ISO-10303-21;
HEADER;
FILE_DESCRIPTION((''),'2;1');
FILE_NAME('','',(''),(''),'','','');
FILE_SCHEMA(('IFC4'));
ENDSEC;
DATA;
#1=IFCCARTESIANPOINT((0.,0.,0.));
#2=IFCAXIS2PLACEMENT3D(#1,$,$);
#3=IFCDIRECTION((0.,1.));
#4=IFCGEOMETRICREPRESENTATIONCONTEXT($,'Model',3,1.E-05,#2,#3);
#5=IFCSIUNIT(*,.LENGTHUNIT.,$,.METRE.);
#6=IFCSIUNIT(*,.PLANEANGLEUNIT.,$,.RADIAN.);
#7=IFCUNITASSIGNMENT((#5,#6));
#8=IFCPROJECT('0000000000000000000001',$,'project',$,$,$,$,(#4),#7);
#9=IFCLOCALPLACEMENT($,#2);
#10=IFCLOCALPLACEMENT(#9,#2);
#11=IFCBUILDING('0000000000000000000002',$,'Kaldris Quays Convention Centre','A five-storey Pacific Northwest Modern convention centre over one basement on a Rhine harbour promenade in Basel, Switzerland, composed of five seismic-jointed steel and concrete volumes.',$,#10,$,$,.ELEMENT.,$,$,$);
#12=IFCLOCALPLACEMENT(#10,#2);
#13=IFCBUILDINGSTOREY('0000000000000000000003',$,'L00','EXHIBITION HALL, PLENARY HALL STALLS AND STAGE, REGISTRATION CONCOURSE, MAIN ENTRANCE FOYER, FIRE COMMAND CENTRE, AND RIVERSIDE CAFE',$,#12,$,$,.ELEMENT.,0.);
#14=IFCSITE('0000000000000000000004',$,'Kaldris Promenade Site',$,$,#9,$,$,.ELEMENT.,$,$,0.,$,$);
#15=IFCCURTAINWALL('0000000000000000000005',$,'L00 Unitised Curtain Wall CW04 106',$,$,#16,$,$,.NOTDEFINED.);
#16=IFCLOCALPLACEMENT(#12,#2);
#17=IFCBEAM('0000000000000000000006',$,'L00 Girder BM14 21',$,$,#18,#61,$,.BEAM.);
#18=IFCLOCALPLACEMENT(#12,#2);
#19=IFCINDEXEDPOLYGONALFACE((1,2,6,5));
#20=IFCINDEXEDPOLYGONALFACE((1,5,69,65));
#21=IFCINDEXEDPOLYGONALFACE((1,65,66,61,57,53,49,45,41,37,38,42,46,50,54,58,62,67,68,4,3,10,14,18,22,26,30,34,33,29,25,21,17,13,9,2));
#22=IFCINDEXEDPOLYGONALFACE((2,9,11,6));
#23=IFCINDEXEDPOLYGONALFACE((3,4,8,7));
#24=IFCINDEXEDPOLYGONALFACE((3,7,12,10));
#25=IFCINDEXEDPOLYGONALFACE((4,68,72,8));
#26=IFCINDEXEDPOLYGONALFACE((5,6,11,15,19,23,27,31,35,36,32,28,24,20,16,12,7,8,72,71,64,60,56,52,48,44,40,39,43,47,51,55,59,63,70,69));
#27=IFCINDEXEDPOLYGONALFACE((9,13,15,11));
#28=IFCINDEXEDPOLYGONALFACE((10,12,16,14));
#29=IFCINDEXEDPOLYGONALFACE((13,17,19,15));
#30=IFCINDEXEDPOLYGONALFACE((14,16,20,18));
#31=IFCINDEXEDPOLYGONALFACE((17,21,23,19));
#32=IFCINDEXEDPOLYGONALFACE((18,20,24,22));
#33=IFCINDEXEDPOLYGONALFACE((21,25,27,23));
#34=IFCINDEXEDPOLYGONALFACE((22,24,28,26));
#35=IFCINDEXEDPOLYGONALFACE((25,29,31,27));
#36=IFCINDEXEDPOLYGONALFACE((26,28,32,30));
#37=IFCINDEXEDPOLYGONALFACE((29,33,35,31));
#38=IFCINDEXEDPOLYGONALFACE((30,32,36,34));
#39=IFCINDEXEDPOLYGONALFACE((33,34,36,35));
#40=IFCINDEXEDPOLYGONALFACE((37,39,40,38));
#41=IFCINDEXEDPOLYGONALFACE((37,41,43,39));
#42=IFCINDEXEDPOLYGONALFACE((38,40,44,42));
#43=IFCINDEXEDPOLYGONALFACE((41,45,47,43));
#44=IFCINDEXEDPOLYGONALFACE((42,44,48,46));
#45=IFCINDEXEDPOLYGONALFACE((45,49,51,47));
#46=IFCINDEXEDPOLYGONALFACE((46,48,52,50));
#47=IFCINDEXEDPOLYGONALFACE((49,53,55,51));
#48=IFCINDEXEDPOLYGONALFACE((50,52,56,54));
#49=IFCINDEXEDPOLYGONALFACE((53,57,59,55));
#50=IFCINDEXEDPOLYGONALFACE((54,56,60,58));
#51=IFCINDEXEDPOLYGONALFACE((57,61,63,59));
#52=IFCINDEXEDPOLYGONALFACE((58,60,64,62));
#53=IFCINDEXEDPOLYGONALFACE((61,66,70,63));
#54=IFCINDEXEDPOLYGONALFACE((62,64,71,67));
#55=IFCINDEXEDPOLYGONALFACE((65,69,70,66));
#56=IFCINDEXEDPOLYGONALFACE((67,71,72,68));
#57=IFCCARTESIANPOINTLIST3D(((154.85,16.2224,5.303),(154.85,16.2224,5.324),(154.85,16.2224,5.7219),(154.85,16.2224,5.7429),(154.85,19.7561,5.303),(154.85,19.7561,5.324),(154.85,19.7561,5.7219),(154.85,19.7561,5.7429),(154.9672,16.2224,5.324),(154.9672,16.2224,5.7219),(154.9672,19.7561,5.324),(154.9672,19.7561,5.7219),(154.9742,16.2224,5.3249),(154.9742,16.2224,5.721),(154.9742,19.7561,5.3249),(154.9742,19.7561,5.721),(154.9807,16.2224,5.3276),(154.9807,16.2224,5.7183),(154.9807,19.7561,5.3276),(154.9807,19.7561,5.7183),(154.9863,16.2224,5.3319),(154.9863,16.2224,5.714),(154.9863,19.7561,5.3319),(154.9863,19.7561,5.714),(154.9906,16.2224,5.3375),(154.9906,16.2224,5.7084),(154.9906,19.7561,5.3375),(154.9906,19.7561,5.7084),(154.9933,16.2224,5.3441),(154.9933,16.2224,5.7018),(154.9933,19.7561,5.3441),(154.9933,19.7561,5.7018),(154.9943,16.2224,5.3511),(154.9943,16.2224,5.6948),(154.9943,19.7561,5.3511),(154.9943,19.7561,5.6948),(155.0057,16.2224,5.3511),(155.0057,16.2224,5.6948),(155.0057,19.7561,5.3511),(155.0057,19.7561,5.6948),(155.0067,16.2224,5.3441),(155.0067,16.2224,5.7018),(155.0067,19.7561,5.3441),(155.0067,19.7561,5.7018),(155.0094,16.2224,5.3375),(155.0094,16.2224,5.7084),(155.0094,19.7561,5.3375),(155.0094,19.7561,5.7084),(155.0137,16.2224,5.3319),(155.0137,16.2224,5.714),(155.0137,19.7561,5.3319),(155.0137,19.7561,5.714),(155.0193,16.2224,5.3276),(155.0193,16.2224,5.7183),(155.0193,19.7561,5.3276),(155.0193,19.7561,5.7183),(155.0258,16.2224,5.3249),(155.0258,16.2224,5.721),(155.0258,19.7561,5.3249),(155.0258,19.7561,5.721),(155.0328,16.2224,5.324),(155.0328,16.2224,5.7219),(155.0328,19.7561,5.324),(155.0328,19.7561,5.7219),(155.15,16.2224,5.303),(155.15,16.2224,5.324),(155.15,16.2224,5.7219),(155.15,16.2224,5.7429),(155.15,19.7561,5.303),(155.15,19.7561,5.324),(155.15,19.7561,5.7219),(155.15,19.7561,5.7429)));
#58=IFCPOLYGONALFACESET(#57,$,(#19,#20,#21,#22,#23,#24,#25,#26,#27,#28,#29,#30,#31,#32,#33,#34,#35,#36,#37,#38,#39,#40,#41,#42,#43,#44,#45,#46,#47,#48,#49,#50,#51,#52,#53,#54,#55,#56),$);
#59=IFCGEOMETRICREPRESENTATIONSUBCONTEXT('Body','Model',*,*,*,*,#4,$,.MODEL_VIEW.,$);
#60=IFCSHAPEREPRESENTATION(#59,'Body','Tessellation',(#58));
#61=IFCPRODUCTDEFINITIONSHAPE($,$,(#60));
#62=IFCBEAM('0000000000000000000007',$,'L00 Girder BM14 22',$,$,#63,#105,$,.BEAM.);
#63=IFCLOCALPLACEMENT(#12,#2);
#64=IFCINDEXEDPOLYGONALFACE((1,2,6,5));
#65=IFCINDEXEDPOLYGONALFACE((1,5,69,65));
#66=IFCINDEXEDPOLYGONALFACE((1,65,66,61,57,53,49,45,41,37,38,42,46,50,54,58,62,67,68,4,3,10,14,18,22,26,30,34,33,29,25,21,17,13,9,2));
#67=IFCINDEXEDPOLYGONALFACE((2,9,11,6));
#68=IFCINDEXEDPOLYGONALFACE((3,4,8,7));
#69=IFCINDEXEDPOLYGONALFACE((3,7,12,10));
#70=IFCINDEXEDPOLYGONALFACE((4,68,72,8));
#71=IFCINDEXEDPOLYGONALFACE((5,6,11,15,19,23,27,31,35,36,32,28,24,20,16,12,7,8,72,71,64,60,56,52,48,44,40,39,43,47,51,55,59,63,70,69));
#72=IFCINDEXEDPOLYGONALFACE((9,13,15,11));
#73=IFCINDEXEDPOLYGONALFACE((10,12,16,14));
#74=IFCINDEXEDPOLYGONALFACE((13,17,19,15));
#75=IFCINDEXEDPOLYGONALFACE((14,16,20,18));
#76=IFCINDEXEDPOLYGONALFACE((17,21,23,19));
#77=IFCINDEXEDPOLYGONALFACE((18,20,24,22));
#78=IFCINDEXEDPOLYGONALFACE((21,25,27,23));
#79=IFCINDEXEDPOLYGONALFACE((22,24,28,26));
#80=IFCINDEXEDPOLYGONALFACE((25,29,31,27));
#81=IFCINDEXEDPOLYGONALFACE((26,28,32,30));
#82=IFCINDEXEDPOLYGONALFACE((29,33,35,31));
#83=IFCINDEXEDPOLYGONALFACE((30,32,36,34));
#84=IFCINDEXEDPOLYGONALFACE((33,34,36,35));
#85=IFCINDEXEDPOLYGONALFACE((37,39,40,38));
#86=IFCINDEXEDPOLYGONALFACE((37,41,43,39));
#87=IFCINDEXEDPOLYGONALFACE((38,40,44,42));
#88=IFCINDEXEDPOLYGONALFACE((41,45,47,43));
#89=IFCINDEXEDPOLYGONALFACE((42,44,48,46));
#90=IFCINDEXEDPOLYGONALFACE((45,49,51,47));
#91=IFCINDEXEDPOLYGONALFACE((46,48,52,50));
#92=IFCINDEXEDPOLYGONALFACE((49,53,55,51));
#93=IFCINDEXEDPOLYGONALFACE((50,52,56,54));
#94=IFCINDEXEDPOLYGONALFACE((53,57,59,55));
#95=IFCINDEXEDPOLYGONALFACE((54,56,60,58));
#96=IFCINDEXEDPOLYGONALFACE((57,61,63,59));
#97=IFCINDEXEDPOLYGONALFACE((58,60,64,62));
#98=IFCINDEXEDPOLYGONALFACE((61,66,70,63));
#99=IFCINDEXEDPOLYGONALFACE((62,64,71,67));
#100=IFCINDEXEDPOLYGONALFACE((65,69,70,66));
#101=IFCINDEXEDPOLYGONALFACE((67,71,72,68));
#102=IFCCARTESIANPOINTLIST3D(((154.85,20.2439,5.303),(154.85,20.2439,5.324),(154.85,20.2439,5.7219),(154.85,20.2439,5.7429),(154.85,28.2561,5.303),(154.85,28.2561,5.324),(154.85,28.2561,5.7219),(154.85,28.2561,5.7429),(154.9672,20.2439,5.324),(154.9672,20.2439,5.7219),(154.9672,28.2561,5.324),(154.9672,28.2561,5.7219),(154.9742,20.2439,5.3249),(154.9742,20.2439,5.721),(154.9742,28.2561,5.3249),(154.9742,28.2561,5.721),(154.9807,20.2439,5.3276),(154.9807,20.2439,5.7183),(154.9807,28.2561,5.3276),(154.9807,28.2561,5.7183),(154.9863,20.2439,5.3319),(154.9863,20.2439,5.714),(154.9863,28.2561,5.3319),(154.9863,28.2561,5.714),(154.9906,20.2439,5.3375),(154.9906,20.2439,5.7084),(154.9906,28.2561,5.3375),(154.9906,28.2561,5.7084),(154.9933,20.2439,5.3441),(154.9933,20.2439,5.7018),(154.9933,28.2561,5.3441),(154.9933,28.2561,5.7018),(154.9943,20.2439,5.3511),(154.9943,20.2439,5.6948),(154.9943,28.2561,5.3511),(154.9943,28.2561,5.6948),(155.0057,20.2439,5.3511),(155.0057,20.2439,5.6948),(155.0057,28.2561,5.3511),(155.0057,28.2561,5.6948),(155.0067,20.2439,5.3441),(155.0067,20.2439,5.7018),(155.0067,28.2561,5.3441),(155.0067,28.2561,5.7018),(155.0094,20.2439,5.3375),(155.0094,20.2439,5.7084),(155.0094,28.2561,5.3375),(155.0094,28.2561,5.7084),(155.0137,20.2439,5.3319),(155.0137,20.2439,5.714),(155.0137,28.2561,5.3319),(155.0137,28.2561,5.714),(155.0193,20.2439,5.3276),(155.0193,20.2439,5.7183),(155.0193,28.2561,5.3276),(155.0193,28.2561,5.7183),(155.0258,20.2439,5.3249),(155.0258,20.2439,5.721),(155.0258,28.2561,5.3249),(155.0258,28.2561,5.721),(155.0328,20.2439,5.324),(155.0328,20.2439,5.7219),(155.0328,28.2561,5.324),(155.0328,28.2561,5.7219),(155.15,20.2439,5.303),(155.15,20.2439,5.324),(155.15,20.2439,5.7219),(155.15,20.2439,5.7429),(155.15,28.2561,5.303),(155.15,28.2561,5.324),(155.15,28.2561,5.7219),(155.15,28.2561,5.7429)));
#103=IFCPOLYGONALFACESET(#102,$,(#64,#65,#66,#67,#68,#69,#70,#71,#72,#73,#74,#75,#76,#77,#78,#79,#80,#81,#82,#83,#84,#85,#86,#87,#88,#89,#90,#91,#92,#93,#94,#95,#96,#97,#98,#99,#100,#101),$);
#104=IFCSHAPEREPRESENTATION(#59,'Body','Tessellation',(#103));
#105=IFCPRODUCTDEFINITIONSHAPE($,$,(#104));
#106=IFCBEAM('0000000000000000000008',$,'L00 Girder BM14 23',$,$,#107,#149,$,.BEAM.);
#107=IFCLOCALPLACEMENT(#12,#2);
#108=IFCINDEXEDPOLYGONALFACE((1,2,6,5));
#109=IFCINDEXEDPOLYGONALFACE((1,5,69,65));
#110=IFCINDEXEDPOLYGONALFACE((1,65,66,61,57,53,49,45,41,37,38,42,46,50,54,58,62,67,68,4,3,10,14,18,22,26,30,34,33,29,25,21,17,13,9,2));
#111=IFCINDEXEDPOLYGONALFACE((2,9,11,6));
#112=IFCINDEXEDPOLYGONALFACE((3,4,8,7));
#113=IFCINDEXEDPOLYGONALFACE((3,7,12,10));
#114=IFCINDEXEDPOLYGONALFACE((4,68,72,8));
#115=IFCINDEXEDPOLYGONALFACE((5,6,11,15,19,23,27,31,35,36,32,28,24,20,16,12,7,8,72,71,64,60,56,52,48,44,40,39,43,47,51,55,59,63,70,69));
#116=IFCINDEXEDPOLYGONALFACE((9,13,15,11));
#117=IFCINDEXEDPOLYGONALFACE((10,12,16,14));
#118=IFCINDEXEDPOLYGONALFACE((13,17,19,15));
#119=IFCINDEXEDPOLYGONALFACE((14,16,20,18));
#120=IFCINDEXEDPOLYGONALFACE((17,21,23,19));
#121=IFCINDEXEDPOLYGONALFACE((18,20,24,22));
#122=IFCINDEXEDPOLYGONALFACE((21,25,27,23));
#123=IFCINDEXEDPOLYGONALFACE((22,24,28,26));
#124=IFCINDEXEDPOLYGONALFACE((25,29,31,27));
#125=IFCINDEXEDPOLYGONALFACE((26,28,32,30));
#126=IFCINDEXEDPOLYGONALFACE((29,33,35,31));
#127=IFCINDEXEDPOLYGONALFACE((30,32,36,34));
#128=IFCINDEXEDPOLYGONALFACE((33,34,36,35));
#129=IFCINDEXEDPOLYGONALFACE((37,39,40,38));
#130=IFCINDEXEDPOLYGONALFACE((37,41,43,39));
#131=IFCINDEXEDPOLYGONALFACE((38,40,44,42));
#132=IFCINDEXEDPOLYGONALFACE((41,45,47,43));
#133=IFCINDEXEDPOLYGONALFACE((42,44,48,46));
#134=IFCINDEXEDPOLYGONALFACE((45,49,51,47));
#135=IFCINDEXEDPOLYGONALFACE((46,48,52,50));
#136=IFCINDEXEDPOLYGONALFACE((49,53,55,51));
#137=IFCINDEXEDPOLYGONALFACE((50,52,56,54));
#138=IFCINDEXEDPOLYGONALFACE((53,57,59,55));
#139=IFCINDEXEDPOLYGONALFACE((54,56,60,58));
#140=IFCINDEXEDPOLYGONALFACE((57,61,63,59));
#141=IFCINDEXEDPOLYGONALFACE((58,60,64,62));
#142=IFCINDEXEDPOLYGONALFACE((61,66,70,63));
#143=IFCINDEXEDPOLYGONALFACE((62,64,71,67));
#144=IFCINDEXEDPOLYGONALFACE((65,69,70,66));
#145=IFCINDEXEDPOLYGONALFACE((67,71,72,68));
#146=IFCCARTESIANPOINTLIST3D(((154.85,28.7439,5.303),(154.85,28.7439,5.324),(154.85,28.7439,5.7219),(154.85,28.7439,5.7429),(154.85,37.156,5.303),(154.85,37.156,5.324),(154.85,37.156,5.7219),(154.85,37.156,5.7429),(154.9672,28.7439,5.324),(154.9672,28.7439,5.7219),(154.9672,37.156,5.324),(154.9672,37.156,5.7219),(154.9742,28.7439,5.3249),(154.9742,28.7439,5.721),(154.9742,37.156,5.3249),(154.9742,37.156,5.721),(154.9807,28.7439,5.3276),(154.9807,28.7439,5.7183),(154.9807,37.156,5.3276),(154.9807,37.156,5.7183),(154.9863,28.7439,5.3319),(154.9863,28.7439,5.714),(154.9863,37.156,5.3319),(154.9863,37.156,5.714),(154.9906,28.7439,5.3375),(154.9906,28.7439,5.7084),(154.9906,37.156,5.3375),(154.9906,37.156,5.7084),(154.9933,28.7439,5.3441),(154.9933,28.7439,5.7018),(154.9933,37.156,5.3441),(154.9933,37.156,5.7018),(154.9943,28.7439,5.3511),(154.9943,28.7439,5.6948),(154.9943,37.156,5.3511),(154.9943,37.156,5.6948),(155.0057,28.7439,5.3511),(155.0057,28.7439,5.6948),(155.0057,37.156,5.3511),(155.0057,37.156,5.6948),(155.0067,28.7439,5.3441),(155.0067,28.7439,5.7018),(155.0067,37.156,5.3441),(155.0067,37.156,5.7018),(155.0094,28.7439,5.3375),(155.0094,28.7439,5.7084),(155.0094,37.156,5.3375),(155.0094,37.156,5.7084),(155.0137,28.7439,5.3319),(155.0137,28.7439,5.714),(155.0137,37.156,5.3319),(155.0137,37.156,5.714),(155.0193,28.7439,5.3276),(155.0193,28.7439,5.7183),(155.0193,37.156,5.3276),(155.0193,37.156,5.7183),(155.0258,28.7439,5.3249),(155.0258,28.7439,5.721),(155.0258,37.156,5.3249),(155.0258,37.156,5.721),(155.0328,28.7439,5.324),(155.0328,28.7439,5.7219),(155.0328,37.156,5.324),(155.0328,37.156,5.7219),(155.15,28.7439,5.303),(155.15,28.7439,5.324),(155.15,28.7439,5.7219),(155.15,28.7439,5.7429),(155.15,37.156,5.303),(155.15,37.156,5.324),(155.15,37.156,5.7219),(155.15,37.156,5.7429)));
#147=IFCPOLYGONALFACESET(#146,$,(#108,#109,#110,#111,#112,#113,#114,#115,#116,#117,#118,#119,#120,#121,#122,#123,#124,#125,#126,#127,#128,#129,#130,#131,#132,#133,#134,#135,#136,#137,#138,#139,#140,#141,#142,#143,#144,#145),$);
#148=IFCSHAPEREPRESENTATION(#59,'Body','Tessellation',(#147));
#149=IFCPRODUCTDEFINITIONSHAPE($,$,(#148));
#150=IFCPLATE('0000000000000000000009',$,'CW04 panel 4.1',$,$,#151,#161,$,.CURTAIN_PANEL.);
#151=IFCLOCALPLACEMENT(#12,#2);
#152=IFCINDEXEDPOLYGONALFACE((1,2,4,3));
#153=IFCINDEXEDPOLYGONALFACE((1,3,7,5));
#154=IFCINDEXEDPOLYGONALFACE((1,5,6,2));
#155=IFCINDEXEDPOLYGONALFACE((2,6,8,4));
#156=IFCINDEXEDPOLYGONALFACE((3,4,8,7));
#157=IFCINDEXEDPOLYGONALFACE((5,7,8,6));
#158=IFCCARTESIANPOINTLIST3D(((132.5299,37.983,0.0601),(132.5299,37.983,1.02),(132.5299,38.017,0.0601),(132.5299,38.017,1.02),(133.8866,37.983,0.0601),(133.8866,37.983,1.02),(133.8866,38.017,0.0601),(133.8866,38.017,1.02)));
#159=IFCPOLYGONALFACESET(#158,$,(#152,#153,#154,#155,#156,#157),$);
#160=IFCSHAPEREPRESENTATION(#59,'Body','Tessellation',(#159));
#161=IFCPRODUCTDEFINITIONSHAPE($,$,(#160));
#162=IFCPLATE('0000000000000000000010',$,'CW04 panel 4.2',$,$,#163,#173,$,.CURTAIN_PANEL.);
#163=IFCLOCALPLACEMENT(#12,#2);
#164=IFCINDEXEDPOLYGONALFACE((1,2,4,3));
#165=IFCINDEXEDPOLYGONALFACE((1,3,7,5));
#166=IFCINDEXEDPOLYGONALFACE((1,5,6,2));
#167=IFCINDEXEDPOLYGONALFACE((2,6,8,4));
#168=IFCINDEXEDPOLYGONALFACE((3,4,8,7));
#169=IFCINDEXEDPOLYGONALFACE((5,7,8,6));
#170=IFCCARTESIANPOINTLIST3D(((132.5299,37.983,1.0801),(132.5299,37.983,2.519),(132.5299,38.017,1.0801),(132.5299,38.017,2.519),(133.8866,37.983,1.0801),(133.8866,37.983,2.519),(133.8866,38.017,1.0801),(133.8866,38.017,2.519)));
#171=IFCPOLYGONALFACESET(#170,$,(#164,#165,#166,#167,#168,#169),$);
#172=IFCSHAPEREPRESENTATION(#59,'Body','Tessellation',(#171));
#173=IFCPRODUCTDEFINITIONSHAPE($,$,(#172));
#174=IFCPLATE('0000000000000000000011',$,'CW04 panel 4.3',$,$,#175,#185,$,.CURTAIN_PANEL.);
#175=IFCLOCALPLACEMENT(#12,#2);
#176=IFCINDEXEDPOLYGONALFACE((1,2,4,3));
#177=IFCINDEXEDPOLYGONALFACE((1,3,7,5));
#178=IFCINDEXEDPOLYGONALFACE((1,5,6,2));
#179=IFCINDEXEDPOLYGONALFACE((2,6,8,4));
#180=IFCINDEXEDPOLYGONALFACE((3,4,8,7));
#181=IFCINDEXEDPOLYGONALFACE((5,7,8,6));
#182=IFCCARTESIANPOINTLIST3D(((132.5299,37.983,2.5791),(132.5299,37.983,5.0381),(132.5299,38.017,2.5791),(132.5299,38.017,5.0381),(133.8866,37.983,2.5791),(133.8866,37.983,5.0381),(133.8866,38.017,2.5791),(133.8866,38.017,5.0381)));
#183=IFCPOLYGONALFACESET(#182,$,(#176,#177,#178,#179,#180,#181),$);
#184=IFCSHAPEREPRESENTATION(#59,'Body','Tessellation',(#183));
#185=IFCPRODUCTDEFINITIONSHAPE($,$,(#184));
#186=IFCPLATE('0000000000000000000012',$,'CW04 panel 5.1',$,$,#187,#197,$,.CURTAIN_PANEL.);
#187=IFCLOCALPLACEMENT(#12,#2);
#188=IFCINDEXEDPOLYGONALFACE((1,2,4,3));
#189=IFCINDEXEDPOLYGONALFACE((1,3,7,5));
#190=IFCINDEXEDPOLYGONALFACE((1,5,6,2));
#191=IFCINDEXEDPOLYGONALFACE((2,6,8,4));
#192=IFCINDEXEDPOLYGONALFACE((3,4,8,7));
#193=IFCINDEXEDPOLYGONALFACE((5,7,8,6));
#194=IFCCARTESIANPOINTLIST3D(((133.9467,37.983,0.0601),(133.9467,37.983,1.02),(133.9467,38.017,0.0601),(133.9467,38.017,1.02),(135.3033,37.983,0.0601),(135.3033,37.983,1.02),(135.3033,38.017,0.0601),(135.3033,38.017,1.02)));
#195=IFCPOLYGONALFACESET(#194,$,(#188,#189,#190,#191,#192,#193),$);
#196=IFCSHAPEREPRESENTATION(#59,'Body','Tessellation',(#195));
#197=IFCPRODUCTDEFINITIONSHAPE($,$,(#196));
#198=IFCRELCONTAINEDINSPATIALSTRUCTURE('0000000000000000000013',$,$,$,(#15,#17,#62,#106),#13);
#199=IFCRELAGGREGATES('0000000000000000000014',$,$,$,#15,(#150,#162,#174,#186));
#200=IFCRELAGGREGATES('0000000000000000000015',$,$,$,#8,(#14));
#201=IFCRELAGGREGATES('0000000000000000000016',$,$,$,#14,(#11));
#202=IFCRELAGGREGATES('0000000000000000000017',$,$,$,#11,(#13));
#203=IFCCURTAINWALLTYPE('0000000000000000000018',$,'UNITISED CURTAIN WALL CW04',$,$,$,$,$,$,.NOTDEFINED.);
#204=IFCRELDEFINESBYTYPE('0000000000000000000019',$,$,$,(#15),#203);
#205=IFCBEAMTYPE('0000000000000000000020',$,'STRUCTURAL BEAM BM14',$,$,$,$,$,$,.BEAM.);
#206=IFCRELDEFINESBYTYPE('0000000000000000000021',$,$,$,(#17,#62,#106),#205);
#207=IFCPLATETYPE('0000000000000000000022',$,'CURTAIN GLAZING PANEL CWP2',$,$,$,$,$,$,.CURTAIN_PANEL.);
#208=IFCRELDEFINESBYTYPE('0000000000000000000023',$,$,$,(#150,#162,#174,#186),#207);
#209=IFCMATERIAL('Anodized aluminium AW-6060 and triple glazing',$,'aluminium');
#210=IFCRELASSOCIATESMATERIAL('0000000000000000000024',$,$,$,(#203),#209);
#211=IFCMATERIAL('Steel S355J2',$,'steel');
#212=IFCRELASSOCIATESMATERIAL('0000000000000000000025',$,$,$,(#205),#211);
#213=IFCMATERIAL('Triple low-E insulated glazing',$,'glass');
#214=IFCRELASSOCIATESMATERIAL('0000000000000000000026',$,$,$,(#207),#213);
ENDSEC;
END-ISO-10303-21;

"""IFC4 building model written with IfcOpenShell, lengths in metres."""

from ifc_helpers import new_model, si_unit, direction, frame, origin, origin_2d, place, context, subcontext, project, spatial, rectangle, i_section, extrude, material, material_profile, profile_set, type_object, element, aggregate, save


model = new_model("IFC4")

# Units and contexts
model_context = context("Model", 3, precision=1e-05, world=origin(), true_north=direction((0.0, 1.0)))
body_context = subcontext(model_context, "Body", "Model", "MODEL_VIEW")
ifc_project = project(units=[si_unit("LENGTHUNIT", "METRE"), si_unit("PLANEANGLEUNIT", "RADIAN")], contexts=[model_context])

# Site, building, storey
site_placement = place(None, origin())
site = spatial("IfcSite", under=ifc_project, at=site_placement, Name="Kaldris Promenade Site", CompositionType="ELEMENT", RefElevation=0.0)
building_placement = place(site_placement, origin())
building = spatial("IfcBuilding", under=site, at=building_placement, Name="Kaldris Quays Convention Centre", Description="A five-storey Pacific Northwest Modern convention centre over one basement on a Rhine harbour promenade in Basel, Switzerland, composed of five seismic-jointed steel and concrete volumes.", CompositionType="ELEMENT")
storey_placement = place(building_placement, origin())
storey = spatial("IfcBuildingStorey", under=building, at=storey_placement, Name="L00", Description="EXHIBITION HALL, PLENARY HALL STALLS AND STAGE, REGISTRATION CONCOURSE, MAIN ENTRANCE FOYER, FIRE COMMAND CENTRE, AND RIVERSIDE CAFE", CompositionType="ELEMENT", Elevation=0.0)

# Shared definitions
ifc_material_1 = material(Name="Steel S355J2", Category="steel")

# Curtain wall
ifc_material_2 = material(Name="Anodized aluminium AW-6060 and triple glazing", Category="aluminium")
curtain_wall_type_1 = type_object("IfcCurtainWallType", Name="UNITISED CURTAIN WALL CW04", PredefinedType="NOTDEFINED", material=ifc_material_2)
curtain_wall_1_placement = place(storey_placement, origin())
curtain_wall_1 = element("IfcCurtainWall", 1, at=curtain_wall_1_placement, inside=storey, type_object=curtain_wall_type_1, Name="L00 Unitised Curtain Wall CW04 106", PredefinedType="NOTDEFINED")

# Beams
ifc_material_profile_1 = material_profile(ifc_material_1, i_section(OverallWidth=0.3, OverallDepth=0.4399, WebThickness=0.0115, FlangeThickness=0.021, FilletRadius=0.0271, at=origin_2d()), Name="HEA 450")
ifc_profile_set_1 = profile_set([ifc_material_profile_1], Name="Steel S355J2")
beam_type = type_object("IfcBeamType", Name="STRUCTURAL BEAM BM14", PredefinedType="BEAM", material=ifc_profile_set_1)
beam_1_placement = place(storey_placement, frame((155.0, 16.2224, 5.5229), z_axis=(0.0, 1.0, 0.0), x_axis=(-1.0, 0.0, 0.0)))
element("IfcBeam", 2, at=beam_1_placement, inside=storey, type_object=beam_type, Name="L00 Girder BM14 21", PredefinedType="BEAM", context=body_context, shape_type="SweptSolid", body=[
    extrude(i_section(OverallWidth=0.3, OverallDepth=0.4399, WebThickness=0.0115, FlangeThickness=0.021, FilletRadius=0.0271, at=origin_2d()), origin(), (0.0, 0.0, 1.0), 3.5337),
])
beam_2_placement = place(storey_placement, frame((155.0, 20.2439, 5.5229), z_axis=(0.0, 1.0, 0.0), x_axis=(-1.0, 0.0, 0.0)))
element("IfcBeam", 3, at=beam_2_placement, inside=storey, type_object=beam_type, Name="L00 Girder BM14 22", PredefinedType="BEAM", context=body_context, shape_type="SweptSolid", body=[
    extrude(i_section(OverallWidth=0.3, OverallDepth=0.4399, WebThickness=0.0115, FlangeThickness=0.021, FilletRadius=0.0271, at=origin_2d()), origin(), (0.0, 0.0, 1.0), 8.0122),
])
beam_3_placement = place(storey_placement, frame((155.0, 28.7439, 5.5229), z_axis=(0.0, 1.0, 0.0), x_axis=(-1.0, 0.0, 0.0)))
element("IfcBeam", 4, at=beam_3_placement, inside=storey, type_object=beam_type, Name="L00 Girder BM14 23", PredefinedType="BEAM", context=body_context, shape_type="SweptSolid", body=[
    extrude(i_section(OverallWidth=0.3, OverallDepth=0.4399, WebThickness=0.0115, FlangeThickness=0.021, FilletRadius=0.0271, at=origin_2d()), origin(), (0.0, 0.0, 1.0), 8.4121),
])

# Plates
ifc_material_3 = material(Name="Triple low-E insulated glazing", Category="glass")
plate_type_1 = type_object("IfcPlateType", Name="CURTAIN GLAZING PANEL CWP2", PredefinedType="CURTAIN_PANEL", material=ifc_material_3)
plate_1_placement = place(storey_placement, frame((133.2083, 38.0, 0.0601), z_axis=(0.0, 0.0, 1.0), x_axis=(1.0, 0.0, 0.0)))
plate_1 = element("IfcPlate", 5, at=plate_1_placement, type_object=plate_type_1, Name="CW04 panel 4.1", PredefinedType="CURTAIN_PANEL", context=body_context, shape_type="SweptSolid", body=[
    extrude(rectangle(XDim=1.3567, YDim=0.0339, at=origin_2d()), origin(), (0.0, 0.0, 1.0), 0.96),
])
plate_2_placement = place(storey_placement, frame((133.2083, 38.0, 1.0801), z_axis=(0.0, 0.0, 1.0), x_axis=(1.0, 0.0, 0.0)))
plate_2 = element("IfcPlate", 6, at=plate_2_placement, type_object=plate_type_1, Name="CW04 panel 4.2", PredefinedType="CURTAIN_PANEL", context=body_context, shape_type="SweptSolid", body=[
    extrude(rectangle(XDim=1.3567, YDim=0.0339, at=origin_2d()), origin(), (0.0, 0.0, 1.0), 1.439),
])
plate_3_placement = place(storey_placement, frame((133.2083, 38.0, 2.5791), z_axis=(0.0, 0.0, 1.0), x_axis=(1.0, 0.0, 0.0)))
plate_3 = element("IfcPlate", 7, at=plate_3_placement, type_object=plate_type_1, Name="CW04 panel 4.3", PredefinedType="CURTAIN_PANEL", context=body_context, shape_type="SweptSolid", body=[
    extrude(rectangle(XDim=1.3567, YDim=0.0339, at=origin_2d()), origin(), (0.0, 0.0, 1.0), 2.459),
])
plate_4_placement = place(storey_placement, frame((134.625, 38.0, 0.0601), z_axis=(0.0, 0.0, 1.0), x_axis=(1.0, 0.0, 0.0)))
plate_4 = element("IfcPlate", 8, at=plate_4_placement, type_object=plate_type_1, Name="CW04 panel 5.1", PredefinedType="CURTAIN_PANEL", context=body_context, shape_type="SweptSolid", body=[
    extrude(rectangle(XDim=1.3567, YDim=0.0339, at=origin_2d()), origin(), (0.0, 0.0, 1.0), 0.96),
])
aggregate(curtain_wall_1, [plate_1, plate_2, plate_3, plate_4])

save(model, "model.ifc")
